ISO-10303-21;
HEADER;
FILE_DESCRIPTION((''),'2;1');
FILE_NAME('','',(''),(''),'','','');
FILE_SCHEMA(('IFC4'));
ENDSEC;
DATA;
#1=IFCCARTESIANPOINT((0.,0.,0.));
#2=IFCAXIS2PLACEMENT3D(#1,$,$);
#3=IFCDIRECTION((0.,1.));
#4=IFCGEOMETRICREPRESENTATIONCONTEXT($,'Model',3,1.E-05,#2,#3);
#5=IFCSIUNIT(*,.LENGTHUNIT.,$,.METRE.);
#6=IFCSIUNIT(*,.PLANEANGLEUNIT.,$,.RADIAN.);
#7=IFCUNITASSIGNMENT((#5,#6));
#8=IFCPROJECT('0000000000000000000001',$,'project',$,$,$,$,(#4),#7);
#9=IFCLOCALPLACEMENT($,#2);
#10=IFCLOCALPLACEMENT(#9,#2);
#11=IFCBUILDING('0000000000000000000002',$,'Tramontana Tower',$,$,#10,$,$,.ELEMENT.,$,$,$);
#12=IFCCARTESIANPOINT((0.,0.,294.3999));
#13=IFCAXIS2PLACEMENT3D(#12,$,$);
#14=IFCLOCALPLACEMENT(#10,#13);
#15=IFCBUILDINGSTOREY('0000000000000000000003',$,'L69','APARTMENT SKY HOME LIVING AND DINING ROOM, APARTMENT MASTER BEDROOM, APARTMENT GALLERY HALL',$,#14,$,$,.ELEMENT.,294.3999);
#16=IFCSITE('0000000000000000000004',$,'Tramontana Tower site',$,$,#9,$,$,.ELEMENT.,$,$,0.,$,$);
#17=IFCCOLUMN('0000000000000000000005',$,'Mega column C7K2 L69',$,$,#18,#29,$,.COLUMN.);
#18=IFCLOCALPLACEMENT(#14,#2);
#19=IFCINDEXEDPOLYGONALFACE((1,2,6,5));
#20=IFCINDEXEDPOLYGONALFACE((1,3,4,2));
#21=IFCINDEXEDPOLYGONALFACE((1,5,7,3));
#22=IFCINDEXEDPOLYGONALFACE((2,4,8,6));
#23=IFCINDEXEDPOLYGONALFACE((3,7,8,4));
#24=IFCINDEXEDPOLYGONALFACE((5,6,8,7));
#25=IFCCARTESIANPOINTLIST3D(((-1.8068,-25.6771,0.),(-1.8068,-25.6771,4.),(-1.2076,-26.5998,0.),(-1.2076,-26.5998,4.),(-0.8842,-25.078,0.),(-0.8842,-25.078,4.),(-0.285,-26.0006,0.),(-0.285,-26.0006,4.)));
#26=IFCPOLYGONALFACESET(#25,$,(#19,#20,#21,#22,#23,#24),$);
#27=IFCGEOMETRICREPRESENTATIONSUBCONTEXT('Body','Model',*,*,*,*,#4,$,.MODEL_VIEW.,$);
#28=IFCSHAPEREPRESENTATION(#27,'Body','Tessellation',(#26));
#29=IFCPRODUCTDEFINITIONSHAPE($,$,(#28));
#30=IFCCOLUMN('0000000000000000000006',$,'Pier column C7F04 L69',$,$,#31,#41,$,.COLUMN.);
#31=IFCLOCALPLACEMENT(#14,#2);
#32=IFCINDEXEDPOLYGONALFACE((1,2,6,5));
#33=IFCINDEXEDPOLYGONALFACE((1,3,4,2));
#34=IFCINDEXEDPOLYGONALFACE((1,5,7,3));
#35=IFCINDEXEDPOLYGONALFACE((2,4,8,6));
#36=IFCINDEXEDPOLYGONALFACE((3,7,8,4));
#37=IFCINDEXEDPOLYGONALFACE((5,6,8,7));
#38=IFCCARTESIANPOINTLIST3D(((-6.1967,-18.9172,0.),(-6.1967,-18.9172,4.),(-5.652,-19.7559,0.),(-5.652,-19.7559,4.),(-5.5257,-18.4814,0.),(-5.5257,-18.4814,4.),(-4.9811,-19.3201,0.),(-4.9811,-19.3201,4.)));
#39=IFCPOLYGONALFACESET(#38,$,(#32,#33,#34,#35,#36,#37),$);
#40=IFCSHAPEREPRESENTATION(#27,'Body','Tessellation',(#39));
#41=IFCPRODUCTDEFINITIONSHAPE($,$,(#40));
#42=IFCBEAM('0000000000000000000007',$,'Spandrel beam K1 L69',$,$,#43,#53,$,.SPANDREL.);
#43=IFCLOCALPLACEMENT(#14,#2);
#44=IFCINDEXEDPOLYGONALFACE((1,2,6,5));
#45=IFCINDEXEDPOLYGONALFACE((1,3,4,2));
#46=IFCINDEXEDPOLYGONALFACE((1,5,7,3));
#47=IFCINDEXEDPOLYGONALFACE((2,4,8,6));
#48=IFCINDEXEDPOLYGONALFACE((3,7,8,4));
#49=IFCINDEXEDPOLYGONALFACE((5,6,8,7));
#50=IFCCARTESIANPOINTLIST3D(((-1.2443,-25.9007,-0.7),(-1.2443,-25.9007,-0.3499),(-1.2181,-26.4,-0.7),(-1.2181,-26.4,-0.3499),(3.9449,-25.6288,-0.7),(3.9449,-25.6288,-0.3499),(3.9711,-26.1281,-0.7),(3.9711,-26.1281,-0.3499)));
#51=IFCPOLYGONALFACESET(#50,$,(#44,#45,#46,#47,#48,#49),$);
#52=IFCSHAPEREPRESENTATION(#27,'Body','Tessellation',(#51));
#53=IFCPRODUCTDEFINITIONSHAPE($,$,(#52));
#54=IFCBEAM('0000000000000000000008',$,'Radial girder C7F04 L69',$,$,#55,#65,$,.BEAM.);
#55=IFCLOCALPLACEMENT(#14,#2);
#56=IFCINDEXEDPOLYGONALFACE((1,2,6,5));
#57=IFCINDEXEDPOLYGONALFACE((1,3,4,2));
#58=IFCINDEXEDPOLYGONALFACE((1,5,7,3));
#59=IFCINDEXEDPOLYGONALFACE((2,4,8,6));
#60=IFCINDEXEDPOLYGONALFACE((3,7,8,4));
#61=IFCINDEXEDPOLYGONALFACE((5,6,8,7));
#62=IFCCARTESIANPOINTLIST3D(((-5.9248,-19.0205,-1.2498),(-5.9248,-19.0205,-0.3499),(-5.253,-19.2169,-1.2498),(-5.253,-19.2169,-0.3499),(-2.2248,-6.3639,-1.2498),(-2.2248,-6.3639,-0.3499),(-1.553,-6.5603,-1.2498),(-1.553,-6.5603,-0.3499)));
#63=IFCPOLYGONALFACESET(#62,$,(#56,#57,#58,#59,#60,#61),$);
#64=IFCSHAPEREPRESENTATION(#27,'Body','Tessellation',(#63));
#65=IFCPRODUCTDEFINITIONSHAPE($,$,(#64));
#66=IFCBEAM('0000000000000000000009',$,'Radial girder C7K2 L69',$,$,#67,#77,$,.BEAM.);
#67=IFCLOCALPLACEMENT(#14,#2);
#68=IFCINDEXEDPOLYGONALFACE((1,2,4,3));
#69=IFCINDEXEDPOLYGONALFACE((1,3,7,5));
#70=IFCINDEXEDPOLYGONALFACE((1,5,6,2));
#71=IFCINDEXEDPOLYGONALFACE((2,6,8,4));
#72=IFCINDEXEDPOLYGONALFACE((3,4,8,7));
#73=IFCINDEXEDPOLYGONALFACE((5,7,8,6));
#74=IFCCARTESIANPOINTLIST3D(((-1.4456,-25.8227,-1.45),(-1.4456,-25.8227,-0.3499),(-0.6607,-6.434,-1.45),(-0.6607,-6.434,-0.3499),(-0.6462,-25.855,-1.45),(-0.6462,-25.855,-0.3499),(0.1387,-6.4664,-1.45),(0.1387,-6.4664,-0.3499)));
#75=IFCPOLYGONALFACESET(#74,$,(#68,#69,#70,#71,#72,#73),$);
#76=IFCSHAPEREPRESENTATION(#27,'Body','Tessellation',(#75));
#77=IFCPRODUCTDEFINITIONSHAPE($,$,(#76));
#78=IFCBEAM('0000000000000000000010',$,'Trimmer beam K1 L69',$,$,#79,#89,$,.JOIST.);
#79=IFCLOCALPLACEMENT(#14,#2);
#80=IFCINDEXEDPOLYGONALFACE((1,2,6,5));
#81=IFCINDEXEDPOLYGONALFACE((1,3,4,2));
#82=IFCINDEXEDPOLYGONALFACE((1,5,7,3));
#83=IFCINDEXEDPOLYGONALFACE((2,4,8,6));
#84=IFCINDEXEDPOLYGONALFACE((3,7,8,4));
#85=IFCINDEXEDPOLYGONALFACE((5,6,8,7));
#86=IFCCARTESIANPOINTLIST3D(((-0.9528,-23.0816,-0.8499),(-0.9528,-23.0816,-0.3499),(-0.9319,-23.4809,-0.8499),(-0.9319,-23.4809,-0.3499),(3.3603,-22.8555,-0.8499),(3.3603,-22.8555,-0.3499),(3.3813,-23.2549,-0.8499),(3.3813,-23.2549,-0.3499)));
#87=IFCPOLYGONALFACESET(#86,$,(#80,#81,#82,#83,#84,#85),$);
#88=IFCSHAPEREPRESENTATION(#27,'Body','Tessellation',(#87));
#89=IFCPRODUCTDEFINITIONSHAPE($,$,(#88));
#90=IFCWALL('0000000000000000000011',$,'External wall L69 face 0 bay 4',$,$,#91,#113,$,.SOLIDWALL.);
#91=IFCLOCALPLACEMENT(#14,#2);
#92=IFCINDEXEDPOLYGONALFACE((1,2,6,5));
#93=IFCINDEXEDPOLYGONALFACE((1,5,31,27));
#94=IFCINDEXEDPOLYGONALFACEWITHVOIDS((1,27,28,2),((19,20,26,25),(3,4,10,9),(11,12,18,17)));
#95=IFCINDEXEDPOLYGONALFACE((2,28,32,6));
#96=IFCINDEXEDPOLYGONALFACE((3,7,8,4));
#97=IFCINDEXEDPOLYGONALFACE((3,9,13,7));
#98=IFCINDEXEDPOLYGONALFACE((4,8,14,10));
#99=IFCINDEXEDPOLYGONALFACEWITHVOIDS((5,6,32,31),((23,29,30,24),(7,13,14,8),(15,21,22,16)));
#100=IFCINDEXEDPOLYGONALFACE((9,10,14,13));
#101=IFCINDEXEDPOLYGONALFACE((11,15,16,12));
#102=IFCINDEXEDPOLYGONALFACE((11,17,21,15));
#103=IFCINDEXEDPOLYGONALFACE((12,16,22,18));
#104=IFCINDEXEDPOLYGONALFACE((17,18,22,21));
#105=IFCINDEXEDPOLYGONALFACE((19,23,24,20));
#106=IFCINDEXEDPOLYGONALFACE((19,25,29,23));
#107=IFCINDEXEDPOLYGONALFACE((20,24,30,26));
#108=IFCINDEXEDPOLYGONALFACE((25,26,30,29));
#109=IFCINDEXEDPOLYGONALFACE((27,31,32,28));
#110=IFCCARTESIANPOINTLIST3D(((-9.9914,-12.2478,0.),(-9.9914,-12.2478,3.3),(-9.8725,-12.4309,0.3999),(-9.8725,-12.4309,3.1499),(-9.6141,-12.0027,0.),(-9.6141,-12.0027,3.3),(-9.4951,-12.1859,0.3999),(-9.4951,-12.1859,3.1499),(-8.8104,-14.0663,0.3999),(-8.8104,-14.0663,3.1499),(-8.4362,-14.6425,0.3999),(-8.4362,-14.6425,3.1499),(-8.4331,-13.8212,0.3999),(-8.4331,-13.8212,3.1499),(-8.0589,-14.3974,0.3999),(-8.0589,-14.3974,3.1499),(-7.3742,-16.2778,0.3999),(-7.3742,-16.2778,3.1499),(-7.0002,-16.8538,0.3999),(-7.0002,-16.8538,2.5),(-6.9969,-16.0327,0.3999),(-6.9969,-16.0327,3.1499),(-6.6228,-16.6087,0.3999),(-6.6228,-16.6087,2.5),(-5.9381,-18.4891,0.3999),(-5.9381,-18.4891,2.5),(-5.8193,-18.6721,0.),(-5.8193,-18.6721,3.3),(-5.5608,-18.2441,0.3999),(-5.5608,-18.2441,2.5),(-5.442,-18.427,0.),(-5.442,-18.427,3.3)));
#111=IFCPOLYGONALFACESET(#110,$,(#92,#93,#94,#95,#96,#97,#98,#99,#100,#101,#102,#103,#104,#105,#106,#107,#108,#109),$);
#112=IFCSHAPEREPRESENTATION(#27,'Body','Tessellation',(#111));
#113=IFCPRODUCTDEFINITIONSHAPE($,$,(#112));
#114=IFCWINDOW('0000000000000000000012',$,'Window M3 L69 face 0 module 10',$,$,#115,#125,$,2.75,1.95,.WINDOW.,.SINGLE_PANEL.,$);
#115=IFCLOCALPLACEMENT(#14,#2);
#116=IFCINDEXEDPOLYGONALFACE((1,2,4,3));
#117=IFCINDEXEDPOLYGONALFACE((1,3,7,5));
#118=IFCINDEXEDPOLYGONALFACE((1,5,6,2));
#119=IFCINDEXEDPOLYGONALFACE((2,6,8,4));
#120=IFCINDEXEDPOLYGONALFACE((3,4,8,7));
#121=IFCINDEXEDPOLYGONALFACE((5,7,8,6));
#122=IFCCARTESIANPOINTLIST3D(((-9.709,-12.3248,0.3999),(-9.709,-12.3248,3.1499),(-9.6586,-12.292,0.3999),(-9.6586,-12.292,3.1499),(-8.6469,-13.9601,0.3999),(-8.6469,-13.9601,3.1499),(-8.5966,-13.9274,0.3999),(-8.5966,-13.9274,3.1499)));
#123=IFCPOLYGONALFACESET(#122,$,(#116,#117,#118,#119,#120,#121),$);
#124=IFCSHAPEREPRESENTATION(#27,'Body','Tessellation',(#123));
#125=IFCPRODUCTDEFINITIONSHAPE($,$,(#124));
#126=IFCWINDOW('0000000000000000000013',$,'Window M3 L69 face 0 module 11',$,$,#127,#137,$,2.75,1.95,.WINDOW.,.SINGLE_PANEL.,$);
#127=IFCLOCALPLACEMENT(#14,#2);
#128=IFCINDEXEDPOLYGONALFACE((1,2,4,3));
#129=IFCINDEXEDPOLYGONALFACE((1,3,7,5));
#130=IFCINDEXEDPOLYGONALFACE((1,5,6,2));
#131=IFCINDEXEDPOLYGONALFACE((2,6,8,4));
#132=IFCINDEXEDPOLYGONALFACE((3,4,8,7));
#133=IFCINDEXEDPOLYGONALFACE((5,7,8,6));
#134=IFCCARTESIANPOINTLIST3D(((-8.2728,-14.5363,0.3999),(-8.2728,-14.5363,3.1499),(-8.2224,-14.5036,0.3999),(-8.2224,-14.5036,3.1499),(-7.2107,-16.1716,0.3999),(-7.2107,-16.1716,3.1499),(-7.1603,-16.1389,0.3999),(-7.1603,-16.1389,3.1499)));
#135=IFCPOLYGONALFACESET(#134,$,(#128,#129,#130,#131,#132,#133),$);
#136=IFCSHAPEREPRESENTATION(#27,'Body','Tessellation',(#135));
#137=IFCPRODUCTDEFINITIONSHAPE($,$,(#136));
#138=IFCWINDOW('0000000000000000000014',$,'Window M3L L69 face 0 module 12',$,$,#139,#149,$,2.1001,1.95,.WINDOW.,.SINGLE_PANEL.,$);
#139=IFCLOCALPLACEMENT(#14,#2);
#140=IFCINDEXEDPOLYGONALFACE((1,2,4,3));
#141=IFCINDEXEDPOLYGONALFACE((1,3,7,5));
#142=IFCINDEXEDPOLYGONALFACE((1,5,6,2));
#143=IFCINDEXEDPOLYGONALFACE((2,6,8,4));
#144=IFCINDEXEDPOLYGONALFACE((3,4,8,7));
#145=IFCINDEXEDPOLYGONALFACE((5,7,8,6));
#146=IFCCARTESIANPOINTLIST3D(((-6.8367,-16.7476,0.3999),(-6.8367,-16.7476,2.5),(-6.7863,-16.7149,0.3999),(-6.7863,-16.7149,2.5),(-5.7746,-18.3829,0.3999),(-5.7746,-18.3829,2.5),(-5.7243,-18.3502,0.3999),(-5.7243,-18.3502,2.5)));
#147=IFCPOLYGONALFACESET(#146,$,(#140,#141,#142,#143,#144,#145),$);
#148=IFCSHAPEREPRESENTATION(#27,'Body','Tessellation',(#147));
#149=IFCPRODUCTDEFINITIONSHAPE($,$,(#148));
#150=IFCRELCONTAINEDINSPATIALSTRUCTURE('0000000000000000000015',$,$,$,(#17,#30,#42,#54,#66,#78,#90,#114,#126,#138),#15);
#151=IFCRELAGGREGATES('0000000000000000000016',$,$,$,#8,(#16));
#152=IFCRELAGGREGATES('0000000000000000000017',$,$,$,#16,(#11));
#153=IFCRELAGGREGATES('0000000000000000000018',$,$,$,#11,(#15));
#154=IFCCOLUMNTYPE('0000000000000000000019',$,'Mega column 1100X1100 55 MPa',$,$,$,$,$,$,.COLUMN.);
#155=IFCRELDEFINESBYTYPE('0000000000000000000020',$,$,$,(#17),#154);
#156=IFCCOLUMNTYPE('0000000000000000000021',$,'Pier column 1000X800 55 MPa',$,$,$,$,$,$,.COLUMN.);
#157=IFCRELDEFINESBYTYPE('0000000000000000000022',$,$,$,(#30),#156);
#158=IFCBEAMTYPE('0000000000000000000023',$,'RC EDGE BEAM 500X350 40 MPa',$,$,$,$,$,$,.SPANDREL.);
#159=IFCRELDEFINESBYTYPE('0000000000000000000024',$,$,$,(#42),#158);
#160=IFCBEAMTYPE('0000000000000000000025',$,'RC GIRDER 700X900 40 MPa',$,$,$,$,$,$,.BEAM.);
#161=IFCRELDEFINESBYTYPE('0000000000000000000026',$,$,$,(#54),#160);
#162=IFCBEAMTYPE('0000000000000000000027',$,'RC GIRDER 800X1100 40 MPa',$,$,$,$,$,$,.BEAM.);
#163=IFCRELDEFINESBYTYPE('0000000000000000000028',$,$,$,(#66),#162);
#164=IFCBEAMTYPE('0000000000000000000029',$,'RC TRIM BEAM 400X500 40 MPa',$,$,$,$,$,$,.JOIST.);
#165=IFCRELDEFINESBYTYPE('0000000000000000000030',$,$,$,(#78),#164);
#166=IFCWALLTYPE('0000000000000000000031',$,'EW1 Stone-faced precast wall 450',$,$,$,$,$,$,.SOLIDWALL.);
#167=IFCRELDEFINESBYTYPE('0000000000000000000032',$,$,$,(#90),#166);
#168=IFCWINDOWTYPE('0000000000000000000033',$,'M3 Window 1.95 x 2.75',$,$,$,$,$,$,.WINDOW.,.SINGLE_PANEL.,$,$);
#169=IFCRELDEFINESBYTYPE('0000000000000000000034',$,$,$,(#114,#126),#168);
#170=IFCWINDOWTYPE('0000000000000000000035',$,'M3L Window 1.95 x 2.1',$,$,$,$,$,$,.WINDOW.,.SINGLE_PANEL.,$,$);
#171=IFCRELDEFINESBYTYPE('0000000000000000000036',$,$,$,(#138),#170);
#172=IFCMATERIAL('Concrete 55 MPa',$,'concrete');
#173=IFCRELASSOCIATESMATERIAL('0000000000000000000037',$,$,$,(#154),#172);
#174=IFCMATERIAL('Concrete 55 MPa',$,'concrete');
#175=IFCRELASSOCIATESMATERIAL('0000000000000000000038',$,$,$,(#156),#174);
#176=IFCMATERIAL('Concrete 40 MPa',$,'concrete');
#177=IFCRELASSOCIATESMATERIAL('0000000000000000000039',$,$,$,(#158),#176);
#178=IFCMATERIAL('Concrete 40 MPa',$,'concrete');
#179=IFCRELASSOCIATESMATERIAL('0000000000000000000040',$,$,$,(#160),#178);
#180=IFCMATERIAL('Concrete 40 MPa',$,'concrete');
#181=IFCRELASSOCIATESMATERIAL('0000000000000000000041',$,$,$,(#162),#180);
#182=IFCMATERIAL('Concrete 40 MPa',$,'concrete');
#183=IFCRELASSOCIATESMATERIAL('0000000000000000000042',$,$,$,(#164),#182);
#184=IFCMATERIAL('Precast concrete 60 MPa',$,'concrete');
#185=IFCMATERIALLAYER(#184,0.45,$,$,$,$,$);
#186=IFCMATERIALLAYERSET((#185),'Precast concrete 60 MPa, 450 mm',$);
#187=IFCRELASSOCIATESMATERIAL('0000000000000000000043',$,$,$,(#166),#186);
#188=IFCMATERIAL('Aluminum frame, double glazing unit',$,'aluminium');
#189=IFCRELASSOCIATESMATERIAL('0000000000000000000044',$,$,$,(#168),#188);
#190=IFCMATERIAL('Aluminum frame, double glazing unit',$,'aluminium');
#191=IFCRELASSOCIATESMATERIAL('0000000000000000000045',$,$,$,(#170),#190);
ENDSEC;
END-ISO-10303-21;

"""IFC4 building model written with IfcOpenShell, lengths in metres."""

from ifc_helpers import new_model, si_unit, direction, frame, frame_2d, origin, origin_2d, place, context, subcontext, project, spatial, rectangle, extrude, material, layer, layer_set, material_profile, profile_set, type_object, element, fill, save


model = new_model("IFC4")

# Units and contexts
model_context = context("Model", 3, precision=1e-05, world=origin(), true_north=direction((0.0, 1.0)))
body_context = subcontext(model_context, "Body", "Model", "MODEL_VIEW")
ifc_project = project(units=[si_unit("LENGTHUNIT", "METRE"), si_unit("PLANEANGLEUNIT", "RADIAN")], contexts=[model_context])

# Site, building, storey
site_placement = place(None, origin())
site = spatial("IfcSite", under=ifc_project, at=site_placement, Name="Tramontana Tower site", CompositionType="ELEMENT", RefElevation=0.0)
building_placement = place(site_placement, origin())
building = spatial("IfcBuilding", under=site, at=building_placement, Name="Tramontana Tower", CompositionType="ELEMENT")
storey_placement = place(building_placement, frame((0.0, 0.0, 294.3999)))
storey = spatial("IfcBuildingStorey", under=building, at=storey_placement, Name="L69", Description="APARTMENT SKY HOME LIVING AND DINING ROOM, APARTMENT MASTER BEDROOM, APARTMENT GALLERY HALL", CompositionType="ELEMENT", Elevation=294.3999)

# Columns
ifc_material_1 = material(Name="Concrete 55 MPa", Category="concrete")
ifc_material_profile_1 = material_profile(ifc_material_1, rectangle(XDim=1.1001, YDim=1.1001, at=origin_2d()), Name="Mega column 1100X1100 55 MPa")
ifc_profile_set_1 = profile_set([ifc_material_profile_1], Name="Concrete 55 MPa")
column_type_1 = type_object("IfcColumnType", Name="Mega column 1100X1100 55 MPa", PredefinedType="COLUMN", material=ifc_profile_set_1)
column_1_placement = place(storey_placement, frame((-1.0459, -25.8389, 0.0), z_axis=(0.0, 0.0, 1.0), x_axis=(0.544639, -0.838671, 0.0)))
element("IfcColumn", 1, at=column_1_placement, inside=storey, type_object=column_type_1, Name="Mega column C7K2 L69", PredefinedType="COLUMN", context=body_context, shape_type="SweptSolid", body=[
    extrude(rectangle(XDim=1.1001, YDim=1.1001, at=origin_2d()), origin(), (0.0, 0.0, 1.0), 4.0),
])
ifc_material_2 = material(Name="Concrete 55 MPa", Category="concrete")
ifc_material_profile_2 = material_profile(ifc_material_2, rectangle(XDim=1.0, YDim=0.8, at=origin_2d()), Name="Pier column 1000X800 55 MPa")
ifc_profile_set_2 = profile_set([ifc_material_profile_2], Name="Concrete 55 MPa")
column_type_2 = type_object("IfcColumnType", Name="Pier column 1000X800 55 MPa", PredefinedType="COLUMN", material=ifc_profile_set_2)
column_2_placement = place(storey_placement, frame((-5.5889, -19.1187, 0.0), z_axis=(0.0, 0.0, 1.0), x_axis=(0.544639, -0.838671, 0.0)))
element("IfcColumn", 2, at=column_2_placement, inside=storey, type_object=column_type_2, Name="Pier column C7F04 L69", PredefinedType="COLUMN", context=body_context, shape_type="SweptSolid", body=[
    extrude(rectangle(XDim=1.0, YDim=0.8, at=origin_2d()), origin(), (0.0, 0.0, 1.0), 4.0),
])

# Beams
ifc_material_3 = material(Name="Concrete 40 MPa", Category="concrete")
ifc_material_profile_3 = material_profile(ifc_material_3, rectangle(XDim=0.5, YDim=0.3501, at=origin_2d()), Name="RC EDGE BEAM 500X350 40 MPa")
ifc_profile_set_3 = profile_set([ifc_material_profile_3], Name="Concrete 40 MPa")
beam_type_1 = type_object("IfcBeamType", Name="RC EDGE BEAM 500X350 40 MPa", PredefinedType="SPANDREL", material=ifc_profile_set_3)
beam_1_placement = place(storey_placement, frame((-1.2312, -26.1504, -0.5249), z_axis=(0.998629, 0.052339, 0.0), x_axis=(-0.052339, 0.998629, 0.0)))
element("IfcBeam", 3, at=beam_1_placement, inside=storey, type_object=beam_type_1, Name="Spandrel beam K1 L69", PredefinedType="SPANDREL", context=body_context, shape_type="SweptSolid", body=[
    extrude(rectangle(XDim=0.5, YDim=0.3501, at=origin_2d()), origin(), (0.0, 0.0, 1.0), 5.1963),
])
ifc_material_4 = material(Name="Concrete 40 MPa", Category="concrete")
ifc_material_profile_4 = material_profile(ifc_material_4, rectangle(XDim=0.7, YDim=0.8999, at=origin_2d()), Name="RC GIRDER 700X900 40 MPa")
ifc_profile_set_4 = profile_set([ifc_material_profile_4], Name="Concrete 40 MPa")
beam_type_2 = type_object("IfcBeamType", Name="RC GIRDER 700X900 40 MPa", PredefinedType="BEAM", material=ifc_profile_set_4)
beam_2_placement = place(storey_placement, frame((-5.5889, -19.1187, -0.7998), z_axis=(0.280592, 0.959827, 0.0), x_axis=(-0.959827, 0.280592, 0.0)))
element("IfcBeam", 4, at=beam_2_placement, inside=storey, type_object=beam_type_2, Name="Radial girder C7F04 L69", PredefinedType="BEAM", context=body_context, shape_type="SweptSolid", body=[
    extrude(rectangle(XDim=0.7, YDim=0.8999, at=origin_2d()), origin(), (0.0, 0.0, 1.0), 13.1863),
])
ifc_material_5 = material(Name="Concrete 40 MPa", Category="concrete")
ifc_material_profile_5 = material_profile(ifc_material_5, rectangle(XDim=0.8, YDim=1.1001, at=origin_2d()), Name="RC GIRDER 800X1100 40 MPa")
ifc_profile_set_5 = profile_set([ifc_material_profile_5], Name="Concrete 40 MPa")
beam_type_3 = type_object("IfcBeamType", Name="RC GIRDER 800X1100 40 MPa", PredefinedType="BEAM", material=ifc_profile_set_5)
beam_3_placement = place(storey_placement, frame((-1.0459, -25.8389, -0.8999), z_axis=(0.04045, 0.999182, 0.0), x_axis=(-0.999182, 0.04045, 0.0)))
element("IfcBeam", 5, at=beam_3_placement, inside=storey, type_object=beam_type_3, Name="Radial girder C7K2 L69", PredefinedType="BEAM", context=body_context, shape_type="SweptSolid", body=[
    extrude(rectangle(XDim=0.8, YDim=1.1001, at=origin_2d()), origin(), (0.0, 0.0, 1.0), 19.4045),
])
ifc_material_6 = material(Name="Concrete 40 MPa", Category="concrete")
ifc_material_profile_6 = material_profile(ifc_material_6, rectangle(XDim=0.3999, YDim=0.5, at=origin_2d()), Name="RC TRIM BEAM 400X500 40 MPa")
ifc_profile_set_6 = profile_set([ifc_material_profile_6], Name="Concrete 40 MPa")
beam_type_4 = type_object("IfcBeamType", Name="RC TRIM BEAM 400X500 40 MPa", PredefinedType="JOIST", material=ifc_profile_set_6)
beam_4_placement = place(storey_placement, frame((-0.9424, -23.2812, -0.5999), z_axis=(0.998629, 0.052342, 0.0), x_axis=(-0.052342, 0.998629, 0.0)))
element("IfcBeam", 6, at=beam_4_placement, inside=storey, type_object=beam_type_4, Name="Trimmer beam K1 L69", PredefinedType="JOIST", context=body_context, shape_type="SweptSolid", body=[
    extrude(rectangle(XDim=0.3999, YDim=0.5, at=origin_2d()), origin(), (0.0, 0.0, 1.0), 4.3191),
])

# Wall, openings, windows
ifc_material_7 = material(Name="Precast concrete 60 MPa", Category="concrete")
ifc_layer_1 = layer(ifc_material_7, 0.45)
ifc_layer_set_1 = layer_set([ifc_layer_1], Name="Precast concrete 60 MPa, 450 mm")
wall_type_1 = type_object("IfcWallType", Name="EW1 Stone-faced precast wall 450", PredefinedType="SOLIDWALL", material=ifc_layer_set_1)
wall_1_placement = place(storey_placement, frame((-9.8027, -12.1252, 0.0), z_axis=(0.0, 0.0, 1.0), x_axis=(0.54465, -0.838663, 0.0)))
wall_1 = element("IfcWall", 7, at=wall_1_placement, inside=storey, type_object=wall_type_1, Name="External wall L69 face 0 bay 4", PredefinedType="SOLIDWALL", context=body_context, shape_type="SweptSolid", body=[
    extrude(rectangle(XDim=7.6602, YDim=0.45, at=frame_2d((3.8301, 0.0))), origin(), (0.0, 0.0, 1.0), 3.3),
])
opening_1_placement = place(wall_1_placement, frame((0.2183, 0.0, 0.3999)))
opening_1 = element("IfcOpeningElement", 8, at=opening_1_placement, cuts=wall_1, PredefinedType="OPENING", context=body_context, shape_type="SweptSolid", body=[
    extrude(rectangle(XDim=1.95, YDim=2.75, at=frame_2d((0.9751, 1.375))), frame((0.0, 0.2349, 0.0), z_axis=(0.0, -1.0, 0.0), x_axis=(1.0, 0.0, 0.0)), (0.0, 0.0, 1.0), 0.47),
])
opening_2_placement = place(wall_1_placement, frame((2.8552, 0.0, 0.3999)))
opening_2 = element("IfcOpeningElement", 9, at=opening_2_placement, cuts=wall_1, PredefinedType="OPENING", context=body_context, shape_type="SweptSolid", body=[
    extrude(rectangle(XDim=1.95, YDim=2.75, at=frame_2d((0.9751, 1.375))), frame((0.0, 0.2349, 0.0), z_axis=(0.0, -1.0, 0.0), x_axis=(1.0, 0.0, 0.0)), (0.0, 0.0, 1.0), 0.47),
])
opening_3_placement = place(wall_1_placement, frame((5.4919, 0.0, 0.3999)))
opening_3 = element("IfcOpeningElement", 10, at=opening_3_placement, cuts=wall_1, PredefinedType="OPENING", context=body_context, shape_type="SweptSolid", body=[
    extrude(rectangle(XDim=1.95, YDim=2.1001, at=frame_2d((0.9751, 1.05))), frame((0.0, 0.2349, 0.0), z_axis=(0.0, -1.0, 0.0), x_axis=(1.0, 0.0, 0.0)), (0.0, 0.0, 1.0), 0.47),
])
ifc_material_8 = material(Name="Aluminum frame, double glazing unit", Category="aluminium")
window_type_1 = type_object("IfcWindowType", Name="M3 Window 1.95 x 2.75", PartitioningType="SINGLE_PANEL", PredefinedType="WINDOW", material=ifc_material_8)
window_1_placement = place(opening_1_placement, origin())
window_1 = element("IfcWindow", 11, at=window_1_placement, inside=storey, type_object=window_type_1, Name="Window M3 L69 face 0 module 10", OverallHeight=2.75, OverallWidth=1.95, PartitioningType="SINGLE_PANEL", PredefinedType="WINDOW", context=body_context, shape_type="SweptSolid", body=[
    extrude(rectangle(XDim=1.95, YDim=2.75, at=frame_2d((0.9751, 1.375))), frame((0.0, 0.03, 0.0), z_axis=(0.0, -1.0, 0.0), x_axis=(1.0, 0.0, 0.0)), (0.0, 0.0, 1.0), 0.0601),
])
fill(opening_1, window_1)
window_2_placement = place(opening_2_placement, origin())
window_2 = element("IfcWindow", 12, at=window_2_placement, inside=storey, type_object=window_type_1, Name="Window M3 L69 face 0 module 11", OverallHeight=2.75, OverallWidth=1.95, PartitioningType="SINGLE_PANEL", PredefinedType="WINDOW", context=body_context, shape_type="SweptSolid", body=[
    extrude(rectangle(XDim=1.95, YDim=2.75, at=frame_2d((0.9751, 1.375))), frame((0.0, 0.03, 0.0), z_axis=(0.0, -1.0, 0.0), x_axis=(1.0, 0.0, 0.0)), (0.0, 0.0, 1.0), 0.0601),
])
fill(opening_2, window_2)
ifc_material_9 = material(Name="Aluminum frame, double glazing unit", Category="aluminium")
window_type_2 = type_object("IfcWindowType", Name="M3L Window 1.95 x 2.1", PartitioningType="SINGLE_PANEL", PredefinedType="WINDOW", material=ifc_material_9)
window_3_placement = place(opening_3_placement, origin())
window_3 = element("IfcWindow", 13, at=window_3_placement, inside=storey, type_object=window_type_2, Name="Window M3L L69 face 0 module 12", OverallHeight=2.1001, OverallWidth=1.95, PartitioningType="SINGLE_PANEL", PredefinedType="WINDOW", context=body_context, shape_type="SweptSolid", body=[
    extrude(rectangle(XDim=1.95, YDim=2.1001, at=frame_2d((0.9751, 1.05))), frame((0.0, 0.03, 0.0), z_axis=(0.0, -1.0, 0.0), x_axis=(1.0, 0.0, 0.0)), (0.0, 0.0, 1.0), 0.0601),
])
fill(opening_3, window_3)

save(model, "model.ifc")
